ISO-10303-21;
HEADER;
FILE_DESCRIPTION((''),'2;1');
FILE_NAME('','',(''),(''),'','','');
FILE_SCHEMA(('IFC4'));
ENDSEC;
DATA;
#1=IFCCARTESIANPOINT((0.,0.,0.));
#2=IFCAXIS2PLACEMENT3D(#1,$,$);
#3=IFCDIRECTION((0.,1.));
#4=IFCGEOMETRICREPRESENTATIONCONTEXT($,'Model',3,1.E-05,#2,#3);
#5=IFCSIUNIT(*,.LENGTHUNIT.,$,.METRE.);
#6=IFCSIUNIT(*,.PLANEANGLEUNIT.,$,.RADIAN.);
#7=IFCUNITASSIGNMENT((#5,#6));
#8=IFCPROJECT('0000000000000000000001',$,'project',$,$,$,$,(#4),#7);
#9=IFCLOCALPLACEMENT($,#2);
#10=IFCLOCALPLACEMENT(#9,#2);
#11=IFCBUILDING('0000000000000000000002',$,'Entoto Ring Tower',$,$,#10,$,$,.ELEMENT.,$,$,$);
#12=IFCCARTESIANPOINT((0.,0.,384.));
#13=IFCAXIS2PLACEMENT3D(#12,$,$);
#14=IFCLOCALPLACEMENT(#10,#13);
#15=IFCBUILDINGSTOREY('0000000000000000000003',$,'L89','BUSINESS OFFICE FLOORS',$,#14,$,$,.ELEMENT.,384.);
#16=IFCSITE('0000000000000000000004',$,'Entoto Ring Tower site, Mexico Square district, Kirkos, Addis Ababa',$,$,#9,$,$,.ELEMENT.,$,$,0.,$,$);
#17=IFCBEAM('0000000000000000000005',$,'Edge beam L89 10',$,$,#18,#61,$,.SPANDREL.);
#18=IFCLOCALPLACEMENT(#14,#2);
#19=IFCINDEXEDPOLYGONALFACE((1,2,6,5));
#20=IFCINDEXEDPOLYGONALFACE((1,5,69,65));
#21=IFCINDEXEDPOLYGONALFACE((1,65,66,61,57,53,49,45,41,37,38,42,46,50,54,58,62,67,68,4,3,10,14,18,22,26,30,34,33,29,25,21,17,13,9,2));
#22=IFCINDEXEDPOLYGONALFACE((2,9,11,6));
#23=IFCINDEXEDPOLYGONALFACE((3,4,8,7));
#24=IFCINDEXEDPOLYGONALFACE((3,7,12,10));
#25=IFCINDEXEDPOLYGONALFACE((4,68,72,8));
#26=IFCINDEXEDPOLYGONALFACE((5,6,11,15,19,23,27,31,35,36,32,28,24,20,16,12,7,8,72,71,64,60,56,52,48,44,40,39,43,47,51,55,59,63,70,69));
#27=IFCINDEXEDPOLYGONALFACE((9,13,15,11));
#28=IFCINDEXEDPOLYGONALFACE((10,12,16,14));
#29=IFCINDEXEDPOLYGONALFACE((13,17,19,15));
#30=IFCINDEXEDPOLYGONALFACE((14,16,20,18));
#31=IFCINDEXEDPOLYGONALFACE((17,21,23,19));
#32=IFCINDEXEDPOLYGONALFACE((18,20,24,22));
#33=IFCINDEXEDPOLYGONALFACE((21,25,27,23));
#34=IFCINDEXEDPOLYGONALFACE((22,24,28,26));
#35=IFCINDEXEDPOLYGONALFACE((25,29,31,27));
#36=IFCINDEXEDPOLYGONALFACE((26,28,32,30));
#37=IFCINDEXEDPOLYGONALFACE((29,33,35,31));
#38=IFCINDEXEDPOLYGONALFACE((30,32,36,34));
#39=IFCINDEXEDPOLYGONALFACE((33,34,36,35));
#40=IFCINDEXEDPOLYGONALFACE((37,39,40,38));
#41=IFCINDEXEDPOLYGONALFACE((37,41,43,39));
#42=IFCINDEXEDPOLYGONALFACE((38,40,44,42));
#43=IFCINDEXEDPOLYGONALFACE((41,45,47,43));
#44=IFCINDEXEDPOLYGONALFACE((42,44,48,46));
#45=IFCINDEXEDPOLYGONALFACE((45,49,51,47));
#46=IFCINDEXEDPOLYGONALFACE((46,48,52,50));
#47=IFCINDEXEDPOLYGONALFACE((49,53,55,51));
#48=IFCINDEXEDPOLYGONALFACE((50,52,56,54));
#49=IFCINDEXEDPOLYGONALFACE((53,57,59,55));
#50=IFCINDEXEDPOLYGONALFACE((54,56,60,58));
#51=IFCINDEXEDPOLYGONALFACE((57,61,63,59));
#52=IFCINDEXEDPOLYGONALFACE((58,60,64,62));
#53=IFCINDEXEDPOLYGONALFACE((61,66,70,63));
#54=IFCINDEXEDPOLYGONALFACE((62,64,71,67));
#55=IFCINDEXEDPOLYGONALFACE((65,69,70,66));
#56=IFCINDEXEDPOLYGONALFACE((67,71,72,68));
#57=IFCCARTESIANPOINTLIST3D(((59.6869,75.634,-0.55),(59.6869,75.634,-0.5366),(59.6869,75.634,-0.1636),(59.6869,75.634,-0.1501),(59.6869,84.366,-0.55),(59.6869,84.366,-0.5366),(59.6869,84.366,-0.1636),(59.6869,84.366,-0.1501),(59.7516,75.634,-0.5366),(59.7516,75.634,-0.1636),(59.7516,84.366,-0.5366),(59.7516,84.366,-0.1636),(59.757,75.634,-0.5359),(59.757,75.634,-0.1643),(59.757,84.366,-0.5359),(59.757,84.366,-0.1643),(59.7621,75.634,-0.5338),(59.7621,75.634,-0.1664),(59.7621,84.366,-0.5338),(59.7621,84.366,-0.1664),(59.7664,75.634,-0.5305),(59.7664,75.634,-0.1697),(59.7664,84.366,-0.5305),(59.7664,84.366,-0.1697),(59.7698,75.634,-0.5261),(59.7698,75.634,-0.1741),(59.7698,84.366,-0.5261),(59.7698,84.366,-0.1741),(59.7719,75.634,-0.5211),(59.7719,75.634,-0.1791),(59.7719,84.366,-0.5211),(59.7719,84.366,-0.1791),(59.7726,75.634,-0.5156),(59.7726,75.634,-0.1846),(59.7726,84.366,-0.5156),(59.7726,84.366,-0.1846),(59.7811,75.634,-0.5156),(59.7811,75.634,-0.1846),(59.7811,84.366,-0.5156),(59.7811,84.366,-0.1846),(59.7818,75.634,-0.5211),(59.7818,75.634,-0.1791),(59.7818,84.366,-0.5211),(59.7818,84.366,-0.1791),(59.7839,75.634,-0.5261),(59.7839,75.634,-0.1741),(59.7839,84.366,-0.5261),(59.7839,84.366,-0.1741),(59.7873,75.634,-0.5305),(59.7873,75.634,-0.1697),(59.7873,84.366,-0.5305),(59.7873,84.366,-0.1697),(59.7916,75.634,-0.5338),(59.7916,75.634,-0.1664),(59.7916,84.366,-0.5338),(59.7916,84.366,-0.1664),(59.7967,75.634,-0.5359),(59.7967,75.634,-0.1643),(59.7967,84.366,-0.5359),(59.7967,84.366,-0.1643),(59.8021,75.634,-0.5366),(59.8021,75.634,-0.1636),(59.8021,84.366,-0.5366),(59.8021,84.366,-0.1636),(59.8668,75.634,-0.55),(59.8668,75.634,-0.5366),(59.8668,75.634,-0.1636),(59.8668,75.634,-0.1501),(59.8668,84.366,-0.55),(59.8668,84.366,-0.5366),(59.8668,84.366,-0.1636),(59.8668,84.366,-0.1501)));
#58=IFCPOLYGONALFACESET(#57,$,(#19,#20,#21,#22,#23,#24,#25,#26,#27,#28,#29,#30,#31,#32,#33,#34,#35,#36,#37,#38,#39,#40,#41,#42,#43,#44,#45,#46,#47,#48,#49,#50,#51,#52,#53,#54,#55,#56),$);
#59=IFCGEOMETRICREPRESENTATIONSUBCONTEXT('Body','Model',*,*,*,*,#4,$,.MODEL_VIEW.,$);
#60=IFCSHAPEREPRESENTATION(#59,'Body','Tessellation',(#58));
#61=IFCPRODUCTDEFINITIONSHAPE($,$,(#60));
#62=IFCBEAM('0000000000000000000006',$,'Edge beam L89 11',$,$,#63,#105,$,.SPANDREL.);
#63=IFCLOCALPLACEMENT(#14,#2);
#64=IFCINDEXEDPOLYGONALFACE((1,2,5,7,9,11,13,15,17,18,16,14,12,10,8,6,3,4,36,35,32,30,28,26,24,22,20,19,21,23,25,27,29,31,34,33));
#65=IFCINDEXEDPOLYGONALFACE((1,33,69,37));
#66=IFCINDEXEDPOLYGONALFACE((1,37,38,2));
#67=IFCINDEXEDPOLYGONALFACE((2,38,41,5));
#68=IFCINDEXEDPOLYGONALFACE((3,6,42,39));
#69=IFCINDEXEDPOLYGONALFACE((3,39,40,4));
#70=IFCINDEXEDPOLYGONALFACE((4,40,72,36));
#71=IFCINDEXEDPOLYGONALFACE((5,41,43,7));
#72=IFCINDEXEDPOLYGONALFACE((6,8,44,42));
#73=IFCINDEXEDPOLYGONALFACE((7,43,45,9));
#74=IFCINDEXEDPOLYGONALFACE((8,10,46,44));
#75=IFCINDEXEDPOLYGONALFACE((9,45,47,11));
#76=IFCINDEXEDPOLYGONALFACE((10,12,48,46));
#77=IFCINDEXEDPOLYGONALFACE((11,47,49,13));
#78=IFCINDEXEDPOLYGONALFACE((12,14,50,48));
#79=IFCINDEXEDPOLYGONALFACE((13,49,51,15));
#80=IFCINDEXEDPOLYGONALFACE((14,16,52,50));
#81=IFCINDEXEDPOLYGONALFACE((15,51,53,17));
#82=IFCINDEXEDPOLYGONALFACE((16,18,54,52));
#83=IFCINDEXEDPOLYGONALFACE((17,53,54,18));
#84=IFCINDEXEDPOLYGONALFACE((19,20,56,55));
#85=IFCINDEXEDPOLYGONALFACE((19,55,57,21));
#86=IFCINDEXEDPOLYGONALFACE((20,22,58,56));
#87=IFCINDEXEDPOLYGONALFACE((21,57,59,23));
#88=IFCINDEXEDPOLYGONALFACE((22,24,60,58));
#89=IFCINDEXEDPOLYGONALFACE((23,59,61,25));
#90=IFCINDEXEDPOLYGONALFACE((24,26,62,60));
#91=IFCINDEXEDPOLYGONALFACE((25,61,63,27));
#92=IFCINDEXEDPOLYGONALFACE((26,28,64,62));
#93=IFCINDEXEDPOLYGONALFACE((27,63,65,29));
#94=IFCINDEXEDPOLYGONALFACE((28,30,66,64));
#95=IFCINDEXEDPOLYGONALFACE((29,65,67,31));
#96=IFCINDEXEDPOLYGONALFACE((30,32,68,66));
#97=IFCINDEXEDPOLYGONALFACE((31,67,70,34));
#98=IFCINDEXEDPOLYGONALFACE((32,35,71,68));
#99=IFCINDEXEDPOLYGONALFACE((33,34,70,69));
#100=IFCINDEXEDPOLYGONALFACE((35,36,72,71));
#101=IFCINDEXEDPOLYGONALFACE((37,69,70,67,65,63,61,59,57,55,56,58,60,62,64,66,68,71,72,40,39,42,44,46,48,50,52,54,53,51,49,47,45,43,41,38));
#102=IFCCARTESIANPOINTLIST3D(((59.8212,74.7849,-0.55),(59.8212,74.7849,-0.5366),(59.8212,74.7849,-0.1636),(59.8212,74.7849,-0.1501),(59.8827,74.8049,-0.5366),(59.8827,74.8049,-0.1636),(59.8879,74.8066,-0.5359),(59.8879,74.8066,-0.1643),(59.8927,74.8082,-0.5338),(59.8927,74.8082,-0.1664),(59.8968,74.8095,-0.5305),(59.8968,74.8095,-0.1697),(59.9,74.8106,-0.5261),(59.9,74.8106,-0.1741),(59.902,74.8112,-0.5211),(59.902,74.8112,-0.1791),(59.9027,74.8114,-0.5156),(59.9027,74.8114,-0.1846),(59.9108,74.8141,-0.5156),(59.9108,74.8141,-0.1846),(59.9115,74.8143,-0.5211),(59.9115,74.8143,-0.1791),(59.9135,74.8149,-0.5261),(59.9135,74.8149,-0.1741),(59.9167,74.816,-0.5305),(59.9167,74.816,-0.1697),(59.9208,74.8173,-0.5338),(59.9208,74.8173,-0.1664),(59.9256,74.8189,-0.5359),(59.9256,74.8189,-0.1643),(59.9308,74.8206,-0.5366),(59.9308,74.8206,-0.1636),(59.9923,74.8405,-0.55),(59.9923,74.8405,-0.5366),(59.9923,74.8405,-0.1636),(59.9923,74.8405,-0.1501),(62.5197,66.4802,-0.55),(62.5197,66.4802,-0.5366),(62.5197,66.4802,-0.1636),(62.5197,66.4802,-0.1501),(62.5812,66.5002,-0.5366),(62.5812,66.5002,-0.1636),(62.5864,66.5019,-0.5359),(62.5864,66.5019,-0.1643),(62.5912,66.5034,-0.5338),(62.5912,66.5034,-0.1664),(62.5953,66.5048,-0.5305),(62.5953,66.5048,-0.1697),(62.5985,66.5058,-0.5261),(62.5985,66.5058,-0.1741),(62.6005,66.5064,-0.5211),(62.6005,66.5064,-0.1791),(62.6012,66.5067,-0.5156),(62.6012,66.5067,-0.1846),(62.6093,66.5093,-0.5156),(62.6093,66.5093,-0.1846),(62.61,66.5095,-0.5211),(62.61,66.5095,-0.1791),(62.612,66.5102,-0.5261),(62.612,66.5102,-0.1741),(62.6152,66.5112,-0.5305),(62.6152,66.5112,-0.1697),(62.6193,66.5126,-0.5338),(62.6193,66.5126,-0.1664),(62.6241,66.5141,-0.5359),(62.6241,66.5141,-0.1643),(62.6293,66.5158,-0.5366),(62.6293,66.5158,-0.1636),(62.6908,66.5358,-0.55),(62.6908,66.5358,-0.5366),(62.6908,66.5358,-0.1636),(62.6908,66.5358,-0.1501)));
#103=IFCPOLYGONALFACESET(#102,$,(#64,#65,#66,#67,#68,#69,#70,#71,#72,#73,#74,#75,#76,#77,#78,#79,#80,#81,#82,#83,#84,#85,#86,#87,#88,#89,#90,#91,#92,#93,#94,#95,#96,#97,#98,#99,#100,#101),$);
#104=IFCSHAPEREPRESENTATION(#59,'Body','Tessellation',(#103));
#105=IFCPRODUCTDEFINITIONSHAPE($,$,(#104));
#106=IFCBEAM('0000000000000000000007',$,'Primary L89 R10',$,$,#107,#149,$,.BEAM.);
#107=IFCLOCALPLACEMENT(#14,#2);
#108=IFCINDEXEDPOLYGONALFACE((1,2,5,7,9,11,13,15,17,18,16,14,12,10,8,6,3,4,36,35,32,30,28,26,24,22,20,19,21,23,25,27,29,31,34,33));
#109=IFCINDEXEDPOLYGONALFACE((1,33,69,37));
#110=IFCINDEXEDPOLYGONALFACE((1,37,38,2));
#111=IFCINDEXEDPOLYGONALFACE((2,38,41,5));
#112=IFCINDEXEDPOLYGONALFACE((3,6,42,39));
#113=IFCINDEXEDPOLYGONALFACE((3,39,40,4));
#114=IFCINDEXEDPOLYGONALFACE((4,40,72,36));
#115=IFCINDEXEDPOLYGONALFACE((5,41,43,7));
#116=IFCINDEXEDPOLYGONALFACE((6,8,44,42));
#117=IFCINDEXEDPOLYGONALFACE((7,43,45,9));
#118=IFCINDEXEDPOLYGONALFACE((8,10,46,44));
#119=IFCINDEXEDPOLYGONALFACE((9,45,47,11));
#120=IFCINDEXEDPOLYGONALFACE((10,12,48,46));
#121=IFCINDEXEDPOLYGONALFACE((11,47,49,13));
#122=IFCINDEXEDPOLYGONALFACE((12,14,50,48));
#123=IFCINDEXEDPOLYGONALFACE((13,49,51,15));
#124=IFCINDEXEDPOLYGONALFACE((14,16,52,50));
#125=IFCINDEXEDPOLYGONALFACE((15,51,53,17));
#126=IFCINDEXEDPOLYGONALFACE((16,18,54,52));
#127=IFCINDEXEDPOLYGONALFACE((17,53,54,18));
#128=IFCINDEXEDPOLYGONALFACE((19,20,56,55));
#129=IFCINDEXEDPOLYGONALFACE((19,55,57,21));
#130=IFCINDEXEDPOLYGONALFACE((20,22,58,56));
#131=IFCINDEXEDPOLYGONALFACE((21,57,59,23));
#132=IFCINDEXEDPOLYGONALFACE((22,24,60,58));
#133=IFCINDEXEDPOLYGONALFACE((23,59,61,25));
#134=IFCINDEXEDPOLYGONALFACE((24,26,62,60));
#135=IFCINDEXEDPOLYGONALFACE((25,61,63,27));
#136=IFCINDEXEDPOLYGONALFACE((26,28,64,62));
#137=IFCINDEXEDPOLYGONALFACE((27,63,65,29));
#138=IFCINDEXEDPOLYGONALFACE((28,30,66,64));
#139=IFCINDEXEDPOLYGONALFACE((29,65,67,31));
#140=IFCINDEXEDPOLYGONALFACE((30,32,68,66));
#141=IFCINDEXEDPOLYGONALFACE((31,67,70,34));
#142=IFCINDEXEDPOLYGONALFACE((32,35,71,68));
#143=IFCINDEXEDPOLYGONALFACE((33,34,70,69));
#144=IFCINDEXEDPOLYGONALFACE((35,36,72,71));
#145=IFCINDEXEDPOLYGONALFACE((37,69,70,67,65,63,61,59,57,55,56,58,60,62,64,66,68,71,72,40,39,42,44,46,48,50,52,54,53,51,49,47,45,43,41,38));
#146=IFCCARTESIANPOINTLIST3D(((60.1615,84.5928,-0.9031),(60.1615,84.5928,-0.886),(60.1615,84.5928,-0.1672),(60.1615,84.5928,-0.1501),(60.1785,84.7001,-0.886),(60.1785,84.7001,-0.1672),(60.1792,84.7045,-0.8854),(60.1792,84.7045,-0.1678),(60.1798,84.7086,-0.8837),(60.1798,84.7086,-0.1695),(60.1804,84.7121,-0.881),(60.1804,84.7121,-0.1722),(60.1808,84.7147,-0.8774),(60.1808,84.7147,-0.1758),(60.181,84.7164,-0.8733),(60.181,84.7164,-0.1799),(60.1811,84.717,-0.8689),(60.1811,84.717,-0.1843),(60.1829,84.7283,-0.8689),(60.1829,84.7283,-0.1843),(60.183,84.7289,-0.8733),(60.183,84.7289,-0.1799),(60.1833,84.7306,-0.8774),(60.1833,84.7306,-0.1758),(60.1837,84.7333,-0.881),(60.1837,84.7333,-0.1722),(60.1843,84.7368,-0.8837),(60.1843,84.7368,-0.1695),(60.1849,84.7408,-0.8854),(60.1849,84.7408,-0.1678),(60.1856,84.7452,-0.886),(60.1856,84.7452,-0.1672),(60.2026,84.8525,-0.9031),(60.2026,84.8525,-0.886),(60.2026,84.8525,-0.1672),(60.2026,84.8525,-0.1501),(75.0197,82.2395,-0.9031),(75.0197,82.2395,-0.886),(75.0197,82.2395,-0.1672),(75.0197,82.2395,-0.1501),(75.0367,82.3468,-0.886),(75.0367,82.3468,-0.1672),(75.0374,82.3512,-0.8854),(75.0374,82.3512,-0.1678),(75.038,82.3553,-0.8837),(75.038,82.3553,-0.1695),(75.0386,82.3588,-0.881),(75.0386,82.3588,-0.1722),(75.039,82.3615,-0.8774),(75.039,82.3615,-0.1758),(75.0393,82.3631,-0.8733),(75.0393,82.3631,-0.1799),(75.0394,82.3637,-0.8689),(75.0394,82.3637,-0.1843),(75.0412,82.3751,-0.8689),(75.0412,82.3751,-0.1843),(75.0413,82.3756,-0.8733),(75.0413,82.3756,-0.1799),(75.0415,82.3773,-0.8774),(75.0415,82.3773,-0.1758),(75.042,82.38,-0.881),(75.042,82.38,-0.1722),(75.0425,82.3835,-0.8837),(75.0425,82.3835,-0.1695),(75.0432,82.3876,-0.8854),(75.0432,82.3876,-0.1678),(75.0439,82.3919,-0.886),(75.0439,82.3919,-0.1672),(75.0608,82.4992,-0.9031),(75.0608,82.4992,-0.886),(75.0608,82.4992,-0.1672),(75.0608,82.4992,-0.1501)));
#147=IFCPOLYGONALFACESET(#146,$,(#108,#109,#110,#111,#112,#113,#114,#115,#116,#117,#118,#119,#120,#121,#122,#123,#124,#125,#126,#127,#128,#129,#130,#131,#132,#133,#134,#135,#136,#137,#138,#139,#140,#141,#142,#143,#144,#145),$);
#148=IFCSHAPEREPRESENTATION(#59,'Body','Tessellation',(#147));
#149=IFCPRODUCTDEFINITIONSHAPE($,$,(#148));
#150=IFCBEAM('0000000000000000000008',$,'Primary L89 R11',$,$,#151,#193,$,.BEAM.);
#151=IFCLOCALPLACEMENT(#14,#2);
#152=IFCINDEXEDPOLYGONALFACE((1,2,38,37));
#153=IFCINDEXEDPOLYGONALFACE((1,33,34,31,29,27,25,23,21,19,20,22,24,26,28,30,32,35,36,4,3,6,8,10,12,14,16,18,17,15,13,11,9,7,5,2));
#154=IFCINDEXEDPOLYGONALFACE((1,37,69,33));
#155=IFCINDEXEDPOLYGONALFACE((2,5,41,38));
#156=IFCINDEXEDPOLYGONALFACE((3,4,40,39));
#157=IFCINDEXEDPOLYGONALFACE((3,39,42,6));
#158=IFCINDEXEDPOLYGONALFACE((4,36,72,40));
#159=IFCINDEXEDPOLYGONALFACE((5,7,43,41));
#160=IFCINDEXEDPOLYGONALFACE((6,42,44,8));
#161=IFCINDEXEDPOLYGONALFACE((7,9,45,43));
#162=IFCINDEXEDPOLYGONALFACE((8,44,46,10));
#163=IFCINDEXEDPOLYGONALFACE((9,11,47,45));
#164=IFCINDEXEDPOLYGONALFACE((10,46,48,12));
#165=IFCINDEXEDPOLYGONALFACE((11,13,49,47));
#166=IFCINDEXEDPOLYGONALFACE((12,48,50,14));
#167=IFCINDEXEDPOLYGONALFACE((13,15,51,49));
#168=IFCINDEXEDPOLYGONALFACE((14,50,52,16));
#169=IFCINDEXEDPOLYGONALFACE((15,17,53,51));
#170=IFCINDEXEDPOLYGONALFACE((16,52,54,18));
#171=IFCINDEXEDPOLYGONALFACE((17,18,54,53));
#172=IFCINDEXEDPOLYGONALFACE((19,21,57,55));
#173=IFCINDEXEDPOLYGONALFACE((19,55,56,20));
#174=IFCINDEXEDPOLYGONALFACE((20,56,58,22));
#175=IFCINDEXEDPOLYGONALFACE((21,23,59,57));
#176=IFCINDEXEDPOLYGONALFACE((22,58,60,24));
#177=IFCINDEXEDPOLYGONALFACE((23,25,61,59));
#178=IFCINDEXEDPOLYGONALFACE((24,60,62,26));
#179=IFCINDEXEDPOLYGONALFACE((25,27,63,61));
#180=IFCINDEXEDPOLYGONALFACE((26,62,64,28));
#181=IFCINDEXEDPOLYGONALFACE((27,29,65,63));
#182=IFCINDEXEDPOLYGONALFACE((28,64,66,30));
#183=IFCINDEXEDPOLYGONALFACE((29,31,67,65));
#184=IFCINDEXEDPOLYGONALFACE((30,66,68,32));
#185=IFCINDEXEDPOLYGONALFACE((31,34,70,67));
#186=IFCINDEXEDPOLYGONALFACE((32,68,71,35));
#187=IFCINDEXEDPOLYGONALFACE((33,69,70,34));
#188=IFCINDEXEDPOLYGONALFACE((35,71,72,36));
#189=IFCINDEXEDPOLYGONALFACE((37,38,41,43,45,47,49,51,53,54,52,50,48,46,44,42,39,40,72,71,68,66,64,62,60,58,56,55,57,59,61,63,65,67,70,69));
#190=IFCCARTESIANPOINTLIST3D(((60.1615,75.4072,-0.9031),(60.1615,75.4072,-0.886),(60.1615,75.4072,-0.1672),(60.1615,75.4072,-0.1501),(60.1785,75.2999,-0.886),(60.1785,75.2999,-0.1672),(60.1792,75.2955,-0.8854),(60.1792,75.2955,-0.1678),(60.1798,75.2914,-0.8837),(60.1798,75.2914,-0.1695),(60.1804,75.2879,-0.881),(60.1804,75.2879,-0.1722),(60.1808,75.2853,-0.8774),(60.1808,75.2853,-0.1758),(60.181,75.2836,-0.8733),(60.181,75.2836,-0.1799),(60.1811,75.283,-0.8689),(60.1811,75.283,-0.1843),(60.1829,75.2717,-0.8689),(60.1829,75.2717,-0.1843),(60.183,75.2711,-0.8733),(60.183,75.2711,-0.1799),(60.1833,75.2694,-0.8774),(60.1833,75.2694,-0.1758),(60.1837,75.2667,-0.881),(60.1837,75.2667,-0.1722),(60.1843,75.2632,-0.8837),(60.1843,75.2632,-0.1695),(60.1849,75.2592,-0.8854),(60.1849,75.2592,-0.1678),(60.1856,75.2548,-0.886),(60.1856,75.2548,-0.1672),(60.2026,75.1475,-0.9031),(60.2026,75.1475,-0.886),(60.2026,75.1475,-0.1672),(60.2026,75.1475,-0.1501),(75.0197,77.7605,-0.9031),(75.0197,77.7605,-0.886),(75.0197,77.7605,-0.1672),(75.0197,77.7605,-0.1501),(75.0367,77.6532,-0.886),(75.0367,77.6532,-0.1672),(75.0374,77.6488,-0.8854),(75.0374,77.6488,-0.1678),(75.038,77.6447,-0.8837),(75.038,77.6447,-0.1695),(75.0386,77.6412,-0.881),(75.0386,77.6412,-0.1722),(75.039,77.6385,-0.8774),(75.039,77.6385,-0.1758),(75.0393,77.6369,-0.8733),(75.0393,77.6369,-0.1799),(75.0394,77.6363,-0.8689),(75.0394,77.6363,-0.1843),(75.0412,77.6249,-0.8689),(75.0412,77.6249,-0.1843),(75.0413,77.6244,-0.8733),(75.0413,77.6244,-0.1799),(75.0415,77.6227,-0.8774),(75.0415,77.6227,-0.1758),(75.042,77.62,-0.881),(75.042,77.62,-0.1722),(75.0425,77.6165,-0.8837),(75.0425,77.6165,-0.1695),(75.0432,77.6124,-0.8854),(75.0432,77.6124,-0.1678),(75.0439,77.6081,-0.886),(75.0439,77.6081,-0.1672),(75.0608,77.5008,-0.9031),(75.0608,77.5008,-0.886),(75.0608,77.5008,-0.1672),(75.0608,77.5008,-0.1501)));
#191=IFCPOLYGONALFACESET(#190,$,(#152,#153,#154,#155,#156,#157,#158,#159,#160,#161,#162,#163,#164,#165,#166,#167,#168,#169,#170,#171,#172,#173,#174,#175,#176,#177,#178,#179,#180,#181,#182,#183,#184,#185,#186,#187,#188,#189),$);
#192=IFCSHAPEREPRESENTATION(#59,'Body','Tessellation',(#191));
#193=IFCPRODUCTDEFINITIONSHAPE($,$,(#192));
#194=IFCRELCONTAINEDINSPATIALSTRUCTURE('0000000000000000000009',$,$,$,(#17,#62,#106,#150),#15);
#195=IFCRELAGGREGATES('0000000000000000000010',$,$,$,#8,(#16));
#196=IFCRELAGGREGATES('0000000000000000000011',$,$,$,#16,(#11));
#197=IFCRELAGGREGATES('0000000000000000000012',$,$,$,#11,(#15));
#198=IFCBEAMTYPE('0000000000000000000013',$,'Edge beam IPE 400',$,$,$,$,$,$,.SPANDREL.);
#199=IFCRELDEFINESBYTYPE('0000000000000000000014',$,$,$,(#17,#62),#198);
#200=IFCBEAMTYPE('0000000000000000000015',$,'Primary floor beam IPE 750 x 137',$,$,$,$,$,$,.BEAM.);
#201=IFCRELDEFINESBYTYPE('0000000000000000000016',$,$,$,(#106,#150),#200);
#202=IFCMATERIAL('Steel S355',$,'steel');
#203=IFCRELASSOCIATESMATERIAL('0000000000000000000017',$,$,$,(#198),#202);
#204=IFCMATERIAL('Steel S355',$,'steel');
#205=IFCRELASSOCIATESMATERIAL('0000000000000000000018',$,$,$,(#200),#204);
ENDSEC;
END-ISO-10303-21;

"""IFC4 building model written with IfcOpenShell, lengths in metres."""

from ifc_helpers import new_model, si_unit, direction, frame, origin, origin_2d, place, context, subcontext, project, spatial, i_section, extrude, material, material_profile, profile_set, type_object, element, save


model = new_model("IFC4")

# Units and contexts
model_context = context("Model", 3, precision=1e-05, world=origin(), true_north=direction((0.0, 1.0)))
body_context = subcontext(model_context, "Body", "Model", "MODEL_VIEW")
ifc_project = project(units=[si_unit("LENGTHUNIT", "METRE"), si_unit("PLANEANGLEUNIT", "RADIAN")], contexts=[model_context])

# Site, building, storey
site_placement = place(None, origin())
site = spatial("IfcSite", under=ifc_project, at=site_placement, Name="Entoto Ring Tower site, Mexico Square district, Kirkos, Addis Ababa", CompositionType="ELEMENT", RefElevation=0.0)
building_placement = place(site_placement, origin())
building = spatial("IfcBuilding", under=site, at=building_placement, Name="Entoto Ring Tower", CompositionType="ELEMENT")
storey_placement = place(building_placement, frame((0.0, 0.0, 384.0)))
storey = spatial("IfcBuildingStorey", under=building, at=storey_placement, Name="L89", Description="BUSINESS OFFICE FLOORS", CompositionType="ELEMENT", Elevation=384.0)

# Beams
ifc_material_1 = material(Name="Steel S355", Category="steel")
ifc_material_profile_1 = material_profile(ifc_material_1, i_section(OverallWidth=0.1799, OverallDepth=0.3999, WebThickness=0.0085, FlangeThickness=0.0134, FilletRadius=0.021, at=origin_2d()), Name="IPE 400")
ifc_profile_set_1 = profile_set([ifc_material_profile_1], Name="Steel S355")
beam_type_1 = type_object("IfcBeamType", Name="Edge beam IPE 400", PredefinedType="SPANDREL", material=ifc_profile_set_1)
beam_1_placement = place(storey_placement, frame((59.7769, 84.366, -0.3501), z_axis=(0.0, -1.0, 0.0), x_axis=(1.0, 0.0, 0.0)))
element("IfcBeam", 1, at=beam_1_placement, inside=storey, type_object=beam_type_1, Name="Edge beam L89 10", PredefinedType="SPANDREL", context=body_context, shape_type="SweptSolid", body=[
    extrude(i_section(OverallWidth=0.1799, OverallDepth=0.3999, WebThickness=0.0085, FlangeThickness=0.0134, FilletRadius=0.021, at=origin_2d()), origin(), (0.0, 0.0, 1.0), 8.7319),
])
beam_2_placement = place(storey_placement, frame((59.9067, 74.8127, -0.3501), z_axis=(0.30903, -0.951052, 0.0), x_axis=(0.951052, 0.30903, 0.0)))
element("IfcBeam", 2, at=beam_2_placement, inside=storey, type_object=beam_type_1, Name="Edge beam L89 11", PredefinedType="SPANDREL", context=body_context, shape_type="SweptSolid", body=[
    extrude(i_section(OverallWidth=0.1799, OverallDepth=0.3999, WebThickness=0.0085, FlangeThickness=0.0134, FilletRadius=0.021, at=origin_2d()), origin(), (0.0, 0.0, 1.0), 8.7322),
])
ifc_material_2 = material(Name="Steel S355", Category="steel")
ifc_material_profile_2 = material_profile(ifc_material_2, i_section(OverallWidth=0.2629, OverallDepth=0.7529, WebThickness=0.0115, FlangeThickness=0.0171, FilletRadius=0.0171, at=origin_2d()), Name="IPE 750 x 137")
ifc_profile_set_2 = profile_set([ifc_material_profile_2], Name="Steel S355")
beam_type_2 = type_object("IfcBeamType", Name="Primary floor beam IPE 750 x 137", PredefinedType="BEAM", material=ifc_profile_set_2)
for number, where, z_axis, x_axis, name in (
    (3, (75.0403, 82.3694, -0.5266), (-0.987689, 0.156433, 0.0), (-0.156433, -0.987689, 0.0), "Primary L89 R10"),
    (4, (75.0403, 77.6306, -0.5266), (-0.987689, -0.156433, 0.0), (0.156433, -0.987689, 0.0), "Primary L89 R11"),
):
    element("IfcBeam", number, at=place(storey_placement, frame(where, z_axis=z_axis, x_axis=x_axis)), inside=storey, type_object=beam_type_2, Name=name, PredefinedType="BEAM", context=body_context, shape_type="SweptSolid", body=[
        extrude(i_section(OverallWidth=0.2629, OverallDepth=0.7529, WebThickness=0.0115, FlangeThickness=0.0171, FilletRadius=0.0171, at=origin_2d()), origin(), (0.0, 0.0, 1.0), 15.0435),
    ])

save(model, "model.ifc")
